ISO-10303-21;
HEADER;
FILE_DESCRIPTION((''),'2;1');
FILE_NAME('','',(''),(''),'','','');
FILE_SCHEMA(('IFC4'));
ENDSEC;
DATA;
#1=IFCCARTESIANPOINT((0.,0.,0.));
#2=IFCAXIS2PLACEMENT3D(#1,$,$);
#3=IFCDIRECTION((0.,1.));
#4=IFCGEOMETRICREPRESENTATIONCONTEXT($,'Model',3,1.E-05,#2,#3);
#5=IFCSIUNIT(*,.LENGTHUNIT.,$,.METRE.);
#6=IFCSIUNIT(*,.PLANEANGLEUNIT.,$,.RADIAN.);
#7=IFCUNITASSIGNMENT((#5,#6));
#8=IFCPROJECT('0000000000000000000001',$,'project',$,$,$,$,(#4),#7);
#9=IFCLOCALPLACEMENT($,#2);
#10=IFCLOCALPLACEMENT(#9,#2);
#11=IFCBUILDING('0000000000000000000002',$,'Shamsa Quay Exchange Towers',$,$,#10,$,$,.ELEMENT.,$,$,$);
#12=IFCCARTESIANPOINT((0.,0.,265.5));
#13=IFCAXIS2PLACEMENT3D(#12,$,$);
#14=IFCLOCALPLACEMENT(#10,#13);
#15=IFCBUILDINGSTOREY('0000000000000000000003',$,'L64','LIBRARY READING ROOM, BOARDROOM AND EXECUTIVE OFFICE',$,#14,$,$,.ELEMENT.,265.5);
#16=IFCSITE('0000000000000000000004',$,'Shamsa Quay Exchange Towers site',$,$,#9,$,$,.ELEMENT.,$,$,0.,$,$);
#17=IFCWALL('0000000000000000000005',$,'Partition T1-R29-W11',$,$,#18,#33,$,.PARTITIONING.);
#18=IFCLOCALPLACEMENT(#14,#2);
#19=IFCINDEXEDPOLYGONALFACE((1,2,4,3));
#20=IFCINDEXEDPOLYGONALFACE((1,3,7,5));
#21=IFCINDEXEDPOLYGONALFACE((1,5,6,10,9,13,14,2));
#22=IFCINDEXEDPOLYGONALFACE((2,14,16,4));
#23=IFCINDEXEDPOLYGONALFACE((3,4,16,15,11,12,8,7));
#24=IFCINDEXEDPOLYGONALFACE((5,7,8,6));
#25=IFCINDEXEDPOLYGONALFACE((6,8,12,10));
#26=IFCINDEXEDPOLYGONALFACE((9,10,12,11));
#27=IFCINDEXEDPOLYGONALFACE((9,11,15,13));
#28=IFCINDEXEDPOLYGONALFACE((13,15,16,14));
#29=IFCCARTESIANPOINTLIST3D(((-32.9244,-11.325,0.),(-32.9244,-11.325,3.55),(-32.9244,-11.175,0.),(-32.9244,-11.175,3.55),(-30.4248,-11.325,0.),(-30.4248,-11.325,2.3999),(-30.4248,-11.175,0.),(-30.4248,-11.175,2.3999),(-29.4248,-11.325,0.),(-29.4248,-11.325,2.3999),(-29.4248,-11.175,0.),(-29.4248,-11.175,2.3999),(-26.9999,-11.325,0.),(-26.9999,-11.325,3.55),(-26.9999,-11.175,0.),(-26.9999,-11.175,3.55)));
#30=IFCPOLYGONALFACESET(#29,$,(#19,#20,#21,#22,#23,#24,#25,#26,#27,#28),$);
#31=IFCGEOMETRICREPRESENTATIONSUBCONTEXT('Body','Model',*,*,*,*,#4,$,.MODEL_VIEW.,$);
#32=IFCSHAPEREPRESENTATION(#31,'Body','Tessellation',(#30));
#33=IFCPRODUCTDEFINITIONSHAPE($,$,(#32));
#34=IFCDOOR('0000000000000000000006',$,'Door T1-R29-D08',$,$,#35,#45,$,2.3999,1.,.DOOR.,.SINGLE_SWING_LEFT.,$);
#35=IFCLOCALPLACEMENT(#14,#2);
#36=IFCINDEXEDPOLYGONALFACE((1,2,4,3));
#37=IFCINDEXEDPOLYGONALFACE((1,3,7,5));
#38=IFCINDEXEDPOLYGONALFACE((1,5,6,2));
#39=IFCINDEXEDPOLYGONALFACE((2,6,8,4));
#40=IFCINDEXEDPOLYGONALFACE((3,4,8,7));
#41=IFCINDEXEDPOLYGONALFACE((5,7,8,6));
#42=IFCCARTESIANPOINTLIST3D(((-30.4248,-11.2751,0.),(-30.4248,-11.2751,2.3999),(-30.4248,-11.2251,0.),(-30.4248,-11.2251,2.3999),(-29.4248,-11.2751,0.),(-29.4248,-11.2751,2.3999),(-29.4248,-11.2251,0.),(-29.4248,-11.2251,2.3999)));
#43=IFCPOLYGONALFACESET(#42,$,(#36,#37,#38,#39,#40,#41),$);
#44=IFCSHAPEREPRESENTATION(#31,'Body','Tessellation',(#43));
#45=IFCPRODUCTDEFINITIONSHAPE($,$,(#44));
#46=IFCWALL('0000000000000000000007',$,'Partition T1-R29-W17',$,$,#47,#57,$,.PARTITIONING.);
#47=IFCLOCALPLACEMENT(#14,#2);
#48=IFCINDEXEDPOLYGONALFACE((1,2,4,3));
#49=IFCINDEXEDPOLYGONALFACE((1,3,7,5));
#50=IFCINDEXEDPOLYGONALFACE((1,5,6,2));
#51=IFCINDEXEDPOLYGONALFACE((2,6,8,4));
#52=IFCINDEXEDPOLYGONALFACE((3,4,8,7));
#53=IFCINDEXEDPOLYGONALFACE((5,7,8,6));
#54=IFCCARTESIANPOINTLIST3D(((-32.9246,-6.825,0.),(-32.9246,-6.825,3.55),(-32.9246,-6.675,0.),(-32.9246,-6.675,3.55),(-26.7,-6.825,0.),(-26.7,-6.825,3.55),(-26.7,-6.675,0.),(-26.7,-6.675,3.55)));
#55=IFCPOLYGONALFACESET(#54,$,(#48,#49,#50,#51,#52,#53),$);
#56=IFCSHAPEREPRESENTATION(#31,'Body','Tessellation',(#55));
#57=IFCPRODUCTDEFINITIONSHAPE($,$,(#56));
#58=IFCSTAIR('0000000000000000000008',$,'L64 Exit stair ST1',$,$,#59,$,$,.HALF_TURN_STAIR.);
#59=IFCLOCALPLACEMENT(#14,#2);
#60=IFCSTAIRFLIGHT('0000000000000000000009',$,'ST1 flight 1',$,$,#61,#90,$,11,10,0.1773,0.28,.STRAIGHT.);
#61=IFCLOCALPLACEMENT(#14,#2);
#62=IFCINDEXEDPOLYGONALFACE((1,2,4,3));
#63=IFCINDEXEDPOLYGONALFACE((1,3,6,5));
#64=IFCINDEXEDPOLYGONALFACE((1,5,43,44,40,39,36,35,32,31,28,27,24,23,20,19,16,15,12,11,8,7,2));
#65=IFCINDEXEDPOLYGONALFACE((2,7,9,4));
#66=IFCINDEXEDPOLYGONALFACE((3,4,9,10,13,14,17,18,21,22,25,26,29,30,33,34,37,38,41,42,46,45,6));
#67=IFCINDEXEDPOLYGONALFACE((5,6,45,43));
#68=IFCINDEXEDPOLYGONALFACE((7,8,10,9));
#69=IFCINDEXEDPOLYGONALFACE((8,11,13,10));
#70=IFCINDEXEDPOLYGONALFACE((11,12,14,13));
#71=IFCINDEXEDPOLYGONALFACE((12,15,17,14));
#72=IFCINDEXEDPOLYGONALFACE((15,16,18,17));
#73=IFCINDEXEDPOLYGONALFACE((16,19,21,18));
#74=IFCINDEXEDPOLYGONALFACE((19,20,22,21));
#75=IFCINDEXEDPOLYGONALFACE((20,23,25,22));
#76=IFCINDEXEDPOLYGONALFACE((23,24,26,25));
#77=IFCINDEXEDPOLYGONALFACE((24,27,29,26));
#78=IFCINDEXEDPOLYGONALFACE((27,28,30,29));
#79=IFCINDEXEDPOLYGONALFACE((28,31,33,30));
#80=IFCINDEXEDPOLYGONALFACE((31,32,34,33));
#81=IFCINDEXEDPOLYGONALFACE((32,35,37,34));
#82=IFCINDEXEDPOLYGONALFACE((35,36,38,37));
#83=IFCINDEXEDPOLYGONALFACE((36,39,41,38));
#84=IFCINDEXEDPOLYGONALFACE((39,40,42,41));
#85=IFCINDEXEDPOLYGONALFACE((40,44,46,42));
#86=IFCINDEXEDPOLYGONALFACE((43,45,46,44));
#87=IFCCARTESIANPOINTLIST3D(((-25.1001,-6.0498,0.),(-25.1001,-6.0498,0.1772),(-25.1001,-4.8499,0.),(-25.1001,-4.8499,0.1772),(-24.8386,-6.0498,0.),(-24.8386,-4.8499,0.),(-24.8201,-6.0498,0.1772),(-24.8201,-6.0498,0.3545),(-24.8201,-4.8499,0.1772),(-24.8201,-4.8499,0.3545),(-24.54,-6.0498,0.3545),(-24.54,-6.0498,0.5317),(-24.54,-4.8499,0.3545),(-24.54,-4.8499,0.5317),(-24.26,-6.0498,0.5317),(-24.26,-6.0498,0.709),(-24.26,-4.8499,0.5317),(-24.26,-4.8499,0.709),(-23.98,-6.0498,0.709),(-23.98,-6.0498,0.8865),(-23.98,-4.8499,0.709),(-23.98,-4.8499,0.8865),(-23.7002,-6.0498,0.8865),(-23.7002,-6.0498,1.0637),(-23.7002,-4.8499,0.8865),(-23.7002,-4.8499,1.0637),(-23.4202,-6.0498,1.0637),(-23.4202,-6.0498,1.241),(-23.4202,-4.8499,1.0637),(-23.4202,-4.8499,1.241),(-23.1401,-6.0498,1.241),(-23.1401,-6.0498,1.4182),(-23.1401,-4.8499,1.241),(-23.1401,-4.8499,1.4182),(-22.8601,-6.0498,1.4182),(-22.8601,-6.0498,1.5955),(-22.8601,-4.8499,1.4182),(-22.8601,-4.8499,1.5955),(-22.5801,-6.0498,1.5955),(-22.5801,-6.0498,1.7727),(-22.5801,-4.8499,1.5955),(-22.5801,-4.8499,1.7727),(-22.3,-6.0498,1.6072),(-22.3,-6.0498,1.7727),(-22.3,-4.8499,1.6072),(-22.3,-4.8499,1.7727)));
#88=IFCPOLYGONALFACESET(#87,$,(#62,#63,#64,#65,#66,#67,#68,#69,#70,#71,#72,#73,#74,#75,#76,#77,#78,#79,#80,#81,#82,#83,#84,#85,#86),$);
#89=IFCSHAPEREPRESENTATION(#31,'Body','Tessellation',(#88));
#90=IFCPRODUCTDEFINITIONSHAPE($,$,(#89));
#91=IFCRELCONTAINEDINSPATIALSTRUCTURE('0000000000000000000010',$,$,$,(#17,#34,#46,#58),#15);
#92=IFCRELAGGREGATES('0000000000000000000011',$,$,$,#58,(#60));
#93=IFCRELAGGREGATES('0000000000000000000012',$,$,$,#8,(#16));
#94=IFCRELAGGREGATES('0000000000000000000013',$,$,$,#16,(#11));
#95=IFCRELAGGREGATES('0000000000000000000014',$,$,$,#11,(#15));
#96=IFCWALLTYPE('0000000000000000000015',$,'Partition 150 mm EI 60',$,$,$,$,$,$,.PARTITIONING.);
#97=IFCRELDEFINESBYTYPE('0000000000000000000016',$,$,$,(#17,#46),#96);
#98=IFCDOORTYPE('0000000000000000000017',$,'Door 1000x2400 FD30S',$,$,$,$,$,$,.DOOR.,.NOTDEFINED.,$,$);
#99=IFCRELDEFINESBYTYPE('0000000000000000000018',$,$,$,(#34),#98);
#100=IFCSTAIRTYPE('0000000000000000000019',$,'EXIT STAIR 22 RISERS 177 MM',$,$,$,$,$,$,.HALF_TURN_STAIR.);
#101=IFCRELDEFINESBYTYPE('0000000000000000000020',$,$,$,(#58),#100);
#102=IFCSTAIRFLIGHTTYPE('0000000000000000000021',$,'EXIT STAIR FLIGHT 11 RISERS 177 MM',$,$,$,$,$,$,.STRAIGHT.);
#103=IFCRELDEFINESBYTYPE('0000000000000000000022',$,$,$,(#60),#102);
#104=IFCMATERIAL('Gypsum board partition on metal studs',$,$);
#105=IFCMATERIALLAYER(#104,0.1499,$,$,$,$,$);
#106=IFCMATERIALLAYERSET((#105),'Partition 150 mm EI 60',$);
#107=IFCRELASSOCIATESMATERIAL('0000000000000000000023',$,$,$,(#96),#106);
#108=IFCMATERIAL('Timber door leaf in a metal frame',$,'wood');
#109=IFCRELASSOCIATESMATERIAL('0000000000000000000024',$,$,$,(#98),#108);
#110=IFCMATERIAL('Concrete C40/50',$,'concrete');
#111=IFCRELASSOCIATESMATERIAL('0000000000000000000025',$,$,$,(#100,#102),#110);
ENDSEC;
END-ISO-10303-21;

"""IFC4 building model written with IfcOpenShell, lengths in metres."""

from ifc_helpers import new_model, si_unit, direction, frame, frame_2d, origin, place, context, subcontext, project, spatial, polyline, rectangle, outline, extrude, material, layer, layer_set, type_object, element, fill, aggregate, save


model = new_model("IFC4")

# Units and contexts
model_context = context("Model", 3, precision=1e-05, world=origin(), true_north=direction((0.0, 1.0)))
body_context = subcontext(model_context, "Body", "Model", "MODEL_VIEW")
ifc_project = project(units=[si_unit("LENGTHUNIT", "METRE"), si_unit("PLANEANGLEUNIT", "RADIAN")], contexts=[model_context])

# Site, building, storey
site_placement = place(None, origin())
site = spatial("IfcSite", under=ifc_project, at=site_placement, Name="Shamsa Quay Exchange Towers site", CompositionType="ELEMENT", RefElevation=0.0)
building_placement = place(site_placement, origin())
building = spatial("IfcBuilding", under=site, at=building_placement, Name="Shamsa Quay Exchange Towers", CompositionType="ELEMENT")
storey_placement = place(building_placement, frame((0.0, 0.0, 265.5)))
storey = spatial("IfcBuildingStorey", under=building, at=storey_placement, Name="L64", Description="LIBRARY READING ROOM, BOARDROOM AND EXECUTIVE OFFICE", CompositionType="ELEMENT", Elevation=265.5)

# Shared definitions
ifc_material_1 = material(Name="Gypsum board partition on metal studs")
ifc_layer_1 = layer(ifc_material_1, 0.1499)
ifc_layer_set_1 = layer_set([ifc_layer_1], Name="Partition 150 mm EI 60")
wall_type_1 = type_object("IfcWallType", Name="Partition 150 mm EI 60", PredefinedType="PARTITIONING", material=ifc_layer_set_1)

# Wall, opening, door
wall_1_placement = place(storey_placement, frame((-32.9246, -11.25, 0.0)))
wall_1 = element("IfcWall", 1, at=wall_1_placement, inside=storey, type_object=wall_type_1, Name="Partition T1-R29-W11", PredefinedType="PARTITIONING", context=body_context, shape_type="SweptSolid", body=[
    extrude(rectangle(XDim=5.9246, YDim=0.1499, at=frame_2d((2.9624, 0.0))), origin(), (0.0, 0.0, 1.0), 3.55),
])
opening_placement = place(wall_1_placement, frame((2.4998, 0.0, 0.0)))
opening = element("IfcOpeningElement", 2, at=opening_placement, cuts=wall_1, PredefinedType="OPENING", context=body_context, shape_type="SweptSolid", body=[
    extrude(rectangle(XDim=1.0, YDim=2.3999, at=frame_2d((0.5, 1.2))), frame((0.0, 0.085, 0.0), z_axis=(0.0, -1.0, 0.0), x_axis=(1.0, 0.0, 0.0)), (0.0, 0.0, 1.0), 0.1699),
])
ifc_material_2 = material(Name="Timber door leaf in a metal frame", Category="wood")
door_type = type_object("IfcDoorType", Name="Door 1000x2400 FD30S", OperationType="NOTDEFINED", PredefinedType="DOOR", material=ifc_material_2)
door_placement = place(opening_placement, origin())
door = element("IfcDoor", 3, at=door_placement, inside=storey, type_object=door_type, Name="Door T1-R29-D08", OperationType="SINGLE_SWING_LEFT", OverallHeight=2.3999, OverallWidth=1.0, PredefinedType="DOOR", context=body_context, shape_type="SweptSolid", body=[
    extrude(rectangle(XDim=1.0, YDim=2.3999, at=frame_2d((0.5, 1.2))), frame((0.0, 0.0249, 0.0), z_axis=(0.0, -1.0, 0.0), x_axis=(1.0, 0.0, 0.0)), (0.0, 0.0, 1.0), 0.05),
])
fill(opening, door)

# Wall
wall_2_placement = place(storey_placement, frame((-32.9246, -6.75, 0.0)))
element("IfcWall", 4, at=wall_2_placement, inside=storey, type_object=wall_type_1, Name="Partition T1-R29-W17", PredefinedType="PARTITIONING", context=body_context, shape_type="SweptSolid", body=[
    extrude(rectangle(XDim=6.2246, YDim=0.1499, at=frame_2d((3.1123, 0.0))), origin(), (0.0, 0.0, 1.0), 3.55),
])

# Stair, stair flight
ifc_material_3 = material(Name="Concrete C40/50", Category="concrete")
stair_type = type_object("IfcStairType", Name="EXIT STAIR 22 RISERS 177 MM", PredefinedType="HALF_TURN_STAIR", material=ifc_material_3)
stair_placement = place(storey_placement, origin())
stair = element("IfcStair", 5, at=stair_placement, inside=storey, type_object=stair_type, Name="L64 Exit stair ST1", PredefinedType="HALF_TURN_STAIR")
stair_flight_type = type_object("IfcStairFlightType", Name="EXIT STAIR FLIGHT 11 RISERS 177 MM", PredefinedType="STRAIGHT", material=ifc_material_3)
stair_flight_placement = place(storey_placement, frame((-25.1001, -5.45, 0.0)))
stair_flight = element("IfcStairFlight", 6, at=stair_flight_placement, type_object=stair_flight_type, Name="ST1 flight 1", NumberOfRisers=11, NumberOfTreads=10, PredefinedType="STRAIGHT", RiserHeight=0.1773, TreadLength=0.28, context=body_context, shape_type="SweptSolid", body=[
    extrude(outline(polyline([(0.0, 0.0), (0.0, 0.1772), (0.28, 0.1772), (0.28, 0.3545), (0.5601, 0.3545), (0.5601, 0.5317), (0.8401, 0.5317), (0.8401, 0.709), (1.1201, 0.709), (1.1201, 0.8865), (1.3999, 0.8865), (1.3999, 1.0637), (1.6799, 1.0637), (1.6799, 1.241), (1.96, 1.241), (1.96, 1.4182), (2.24, 1.4182), (2.24, 1.5955), (2.52, 1.5955), (2.52, 1.7727), (2.8, 1.7727), (2.8, 1.95), (2.8, 1.6072), (0.2615, 0.0), (0.0, 0.0)])), frame((0.0, 0.6001, 0.0), z_axis=(0.0, -1.0, 0.0), x_axis=(1.0, 0.0, 0.0)), (0.0, 0.0, 1.0), 1.2),
])
aggregate(stair, [stair_flight])

save(model, "model.ifc")
